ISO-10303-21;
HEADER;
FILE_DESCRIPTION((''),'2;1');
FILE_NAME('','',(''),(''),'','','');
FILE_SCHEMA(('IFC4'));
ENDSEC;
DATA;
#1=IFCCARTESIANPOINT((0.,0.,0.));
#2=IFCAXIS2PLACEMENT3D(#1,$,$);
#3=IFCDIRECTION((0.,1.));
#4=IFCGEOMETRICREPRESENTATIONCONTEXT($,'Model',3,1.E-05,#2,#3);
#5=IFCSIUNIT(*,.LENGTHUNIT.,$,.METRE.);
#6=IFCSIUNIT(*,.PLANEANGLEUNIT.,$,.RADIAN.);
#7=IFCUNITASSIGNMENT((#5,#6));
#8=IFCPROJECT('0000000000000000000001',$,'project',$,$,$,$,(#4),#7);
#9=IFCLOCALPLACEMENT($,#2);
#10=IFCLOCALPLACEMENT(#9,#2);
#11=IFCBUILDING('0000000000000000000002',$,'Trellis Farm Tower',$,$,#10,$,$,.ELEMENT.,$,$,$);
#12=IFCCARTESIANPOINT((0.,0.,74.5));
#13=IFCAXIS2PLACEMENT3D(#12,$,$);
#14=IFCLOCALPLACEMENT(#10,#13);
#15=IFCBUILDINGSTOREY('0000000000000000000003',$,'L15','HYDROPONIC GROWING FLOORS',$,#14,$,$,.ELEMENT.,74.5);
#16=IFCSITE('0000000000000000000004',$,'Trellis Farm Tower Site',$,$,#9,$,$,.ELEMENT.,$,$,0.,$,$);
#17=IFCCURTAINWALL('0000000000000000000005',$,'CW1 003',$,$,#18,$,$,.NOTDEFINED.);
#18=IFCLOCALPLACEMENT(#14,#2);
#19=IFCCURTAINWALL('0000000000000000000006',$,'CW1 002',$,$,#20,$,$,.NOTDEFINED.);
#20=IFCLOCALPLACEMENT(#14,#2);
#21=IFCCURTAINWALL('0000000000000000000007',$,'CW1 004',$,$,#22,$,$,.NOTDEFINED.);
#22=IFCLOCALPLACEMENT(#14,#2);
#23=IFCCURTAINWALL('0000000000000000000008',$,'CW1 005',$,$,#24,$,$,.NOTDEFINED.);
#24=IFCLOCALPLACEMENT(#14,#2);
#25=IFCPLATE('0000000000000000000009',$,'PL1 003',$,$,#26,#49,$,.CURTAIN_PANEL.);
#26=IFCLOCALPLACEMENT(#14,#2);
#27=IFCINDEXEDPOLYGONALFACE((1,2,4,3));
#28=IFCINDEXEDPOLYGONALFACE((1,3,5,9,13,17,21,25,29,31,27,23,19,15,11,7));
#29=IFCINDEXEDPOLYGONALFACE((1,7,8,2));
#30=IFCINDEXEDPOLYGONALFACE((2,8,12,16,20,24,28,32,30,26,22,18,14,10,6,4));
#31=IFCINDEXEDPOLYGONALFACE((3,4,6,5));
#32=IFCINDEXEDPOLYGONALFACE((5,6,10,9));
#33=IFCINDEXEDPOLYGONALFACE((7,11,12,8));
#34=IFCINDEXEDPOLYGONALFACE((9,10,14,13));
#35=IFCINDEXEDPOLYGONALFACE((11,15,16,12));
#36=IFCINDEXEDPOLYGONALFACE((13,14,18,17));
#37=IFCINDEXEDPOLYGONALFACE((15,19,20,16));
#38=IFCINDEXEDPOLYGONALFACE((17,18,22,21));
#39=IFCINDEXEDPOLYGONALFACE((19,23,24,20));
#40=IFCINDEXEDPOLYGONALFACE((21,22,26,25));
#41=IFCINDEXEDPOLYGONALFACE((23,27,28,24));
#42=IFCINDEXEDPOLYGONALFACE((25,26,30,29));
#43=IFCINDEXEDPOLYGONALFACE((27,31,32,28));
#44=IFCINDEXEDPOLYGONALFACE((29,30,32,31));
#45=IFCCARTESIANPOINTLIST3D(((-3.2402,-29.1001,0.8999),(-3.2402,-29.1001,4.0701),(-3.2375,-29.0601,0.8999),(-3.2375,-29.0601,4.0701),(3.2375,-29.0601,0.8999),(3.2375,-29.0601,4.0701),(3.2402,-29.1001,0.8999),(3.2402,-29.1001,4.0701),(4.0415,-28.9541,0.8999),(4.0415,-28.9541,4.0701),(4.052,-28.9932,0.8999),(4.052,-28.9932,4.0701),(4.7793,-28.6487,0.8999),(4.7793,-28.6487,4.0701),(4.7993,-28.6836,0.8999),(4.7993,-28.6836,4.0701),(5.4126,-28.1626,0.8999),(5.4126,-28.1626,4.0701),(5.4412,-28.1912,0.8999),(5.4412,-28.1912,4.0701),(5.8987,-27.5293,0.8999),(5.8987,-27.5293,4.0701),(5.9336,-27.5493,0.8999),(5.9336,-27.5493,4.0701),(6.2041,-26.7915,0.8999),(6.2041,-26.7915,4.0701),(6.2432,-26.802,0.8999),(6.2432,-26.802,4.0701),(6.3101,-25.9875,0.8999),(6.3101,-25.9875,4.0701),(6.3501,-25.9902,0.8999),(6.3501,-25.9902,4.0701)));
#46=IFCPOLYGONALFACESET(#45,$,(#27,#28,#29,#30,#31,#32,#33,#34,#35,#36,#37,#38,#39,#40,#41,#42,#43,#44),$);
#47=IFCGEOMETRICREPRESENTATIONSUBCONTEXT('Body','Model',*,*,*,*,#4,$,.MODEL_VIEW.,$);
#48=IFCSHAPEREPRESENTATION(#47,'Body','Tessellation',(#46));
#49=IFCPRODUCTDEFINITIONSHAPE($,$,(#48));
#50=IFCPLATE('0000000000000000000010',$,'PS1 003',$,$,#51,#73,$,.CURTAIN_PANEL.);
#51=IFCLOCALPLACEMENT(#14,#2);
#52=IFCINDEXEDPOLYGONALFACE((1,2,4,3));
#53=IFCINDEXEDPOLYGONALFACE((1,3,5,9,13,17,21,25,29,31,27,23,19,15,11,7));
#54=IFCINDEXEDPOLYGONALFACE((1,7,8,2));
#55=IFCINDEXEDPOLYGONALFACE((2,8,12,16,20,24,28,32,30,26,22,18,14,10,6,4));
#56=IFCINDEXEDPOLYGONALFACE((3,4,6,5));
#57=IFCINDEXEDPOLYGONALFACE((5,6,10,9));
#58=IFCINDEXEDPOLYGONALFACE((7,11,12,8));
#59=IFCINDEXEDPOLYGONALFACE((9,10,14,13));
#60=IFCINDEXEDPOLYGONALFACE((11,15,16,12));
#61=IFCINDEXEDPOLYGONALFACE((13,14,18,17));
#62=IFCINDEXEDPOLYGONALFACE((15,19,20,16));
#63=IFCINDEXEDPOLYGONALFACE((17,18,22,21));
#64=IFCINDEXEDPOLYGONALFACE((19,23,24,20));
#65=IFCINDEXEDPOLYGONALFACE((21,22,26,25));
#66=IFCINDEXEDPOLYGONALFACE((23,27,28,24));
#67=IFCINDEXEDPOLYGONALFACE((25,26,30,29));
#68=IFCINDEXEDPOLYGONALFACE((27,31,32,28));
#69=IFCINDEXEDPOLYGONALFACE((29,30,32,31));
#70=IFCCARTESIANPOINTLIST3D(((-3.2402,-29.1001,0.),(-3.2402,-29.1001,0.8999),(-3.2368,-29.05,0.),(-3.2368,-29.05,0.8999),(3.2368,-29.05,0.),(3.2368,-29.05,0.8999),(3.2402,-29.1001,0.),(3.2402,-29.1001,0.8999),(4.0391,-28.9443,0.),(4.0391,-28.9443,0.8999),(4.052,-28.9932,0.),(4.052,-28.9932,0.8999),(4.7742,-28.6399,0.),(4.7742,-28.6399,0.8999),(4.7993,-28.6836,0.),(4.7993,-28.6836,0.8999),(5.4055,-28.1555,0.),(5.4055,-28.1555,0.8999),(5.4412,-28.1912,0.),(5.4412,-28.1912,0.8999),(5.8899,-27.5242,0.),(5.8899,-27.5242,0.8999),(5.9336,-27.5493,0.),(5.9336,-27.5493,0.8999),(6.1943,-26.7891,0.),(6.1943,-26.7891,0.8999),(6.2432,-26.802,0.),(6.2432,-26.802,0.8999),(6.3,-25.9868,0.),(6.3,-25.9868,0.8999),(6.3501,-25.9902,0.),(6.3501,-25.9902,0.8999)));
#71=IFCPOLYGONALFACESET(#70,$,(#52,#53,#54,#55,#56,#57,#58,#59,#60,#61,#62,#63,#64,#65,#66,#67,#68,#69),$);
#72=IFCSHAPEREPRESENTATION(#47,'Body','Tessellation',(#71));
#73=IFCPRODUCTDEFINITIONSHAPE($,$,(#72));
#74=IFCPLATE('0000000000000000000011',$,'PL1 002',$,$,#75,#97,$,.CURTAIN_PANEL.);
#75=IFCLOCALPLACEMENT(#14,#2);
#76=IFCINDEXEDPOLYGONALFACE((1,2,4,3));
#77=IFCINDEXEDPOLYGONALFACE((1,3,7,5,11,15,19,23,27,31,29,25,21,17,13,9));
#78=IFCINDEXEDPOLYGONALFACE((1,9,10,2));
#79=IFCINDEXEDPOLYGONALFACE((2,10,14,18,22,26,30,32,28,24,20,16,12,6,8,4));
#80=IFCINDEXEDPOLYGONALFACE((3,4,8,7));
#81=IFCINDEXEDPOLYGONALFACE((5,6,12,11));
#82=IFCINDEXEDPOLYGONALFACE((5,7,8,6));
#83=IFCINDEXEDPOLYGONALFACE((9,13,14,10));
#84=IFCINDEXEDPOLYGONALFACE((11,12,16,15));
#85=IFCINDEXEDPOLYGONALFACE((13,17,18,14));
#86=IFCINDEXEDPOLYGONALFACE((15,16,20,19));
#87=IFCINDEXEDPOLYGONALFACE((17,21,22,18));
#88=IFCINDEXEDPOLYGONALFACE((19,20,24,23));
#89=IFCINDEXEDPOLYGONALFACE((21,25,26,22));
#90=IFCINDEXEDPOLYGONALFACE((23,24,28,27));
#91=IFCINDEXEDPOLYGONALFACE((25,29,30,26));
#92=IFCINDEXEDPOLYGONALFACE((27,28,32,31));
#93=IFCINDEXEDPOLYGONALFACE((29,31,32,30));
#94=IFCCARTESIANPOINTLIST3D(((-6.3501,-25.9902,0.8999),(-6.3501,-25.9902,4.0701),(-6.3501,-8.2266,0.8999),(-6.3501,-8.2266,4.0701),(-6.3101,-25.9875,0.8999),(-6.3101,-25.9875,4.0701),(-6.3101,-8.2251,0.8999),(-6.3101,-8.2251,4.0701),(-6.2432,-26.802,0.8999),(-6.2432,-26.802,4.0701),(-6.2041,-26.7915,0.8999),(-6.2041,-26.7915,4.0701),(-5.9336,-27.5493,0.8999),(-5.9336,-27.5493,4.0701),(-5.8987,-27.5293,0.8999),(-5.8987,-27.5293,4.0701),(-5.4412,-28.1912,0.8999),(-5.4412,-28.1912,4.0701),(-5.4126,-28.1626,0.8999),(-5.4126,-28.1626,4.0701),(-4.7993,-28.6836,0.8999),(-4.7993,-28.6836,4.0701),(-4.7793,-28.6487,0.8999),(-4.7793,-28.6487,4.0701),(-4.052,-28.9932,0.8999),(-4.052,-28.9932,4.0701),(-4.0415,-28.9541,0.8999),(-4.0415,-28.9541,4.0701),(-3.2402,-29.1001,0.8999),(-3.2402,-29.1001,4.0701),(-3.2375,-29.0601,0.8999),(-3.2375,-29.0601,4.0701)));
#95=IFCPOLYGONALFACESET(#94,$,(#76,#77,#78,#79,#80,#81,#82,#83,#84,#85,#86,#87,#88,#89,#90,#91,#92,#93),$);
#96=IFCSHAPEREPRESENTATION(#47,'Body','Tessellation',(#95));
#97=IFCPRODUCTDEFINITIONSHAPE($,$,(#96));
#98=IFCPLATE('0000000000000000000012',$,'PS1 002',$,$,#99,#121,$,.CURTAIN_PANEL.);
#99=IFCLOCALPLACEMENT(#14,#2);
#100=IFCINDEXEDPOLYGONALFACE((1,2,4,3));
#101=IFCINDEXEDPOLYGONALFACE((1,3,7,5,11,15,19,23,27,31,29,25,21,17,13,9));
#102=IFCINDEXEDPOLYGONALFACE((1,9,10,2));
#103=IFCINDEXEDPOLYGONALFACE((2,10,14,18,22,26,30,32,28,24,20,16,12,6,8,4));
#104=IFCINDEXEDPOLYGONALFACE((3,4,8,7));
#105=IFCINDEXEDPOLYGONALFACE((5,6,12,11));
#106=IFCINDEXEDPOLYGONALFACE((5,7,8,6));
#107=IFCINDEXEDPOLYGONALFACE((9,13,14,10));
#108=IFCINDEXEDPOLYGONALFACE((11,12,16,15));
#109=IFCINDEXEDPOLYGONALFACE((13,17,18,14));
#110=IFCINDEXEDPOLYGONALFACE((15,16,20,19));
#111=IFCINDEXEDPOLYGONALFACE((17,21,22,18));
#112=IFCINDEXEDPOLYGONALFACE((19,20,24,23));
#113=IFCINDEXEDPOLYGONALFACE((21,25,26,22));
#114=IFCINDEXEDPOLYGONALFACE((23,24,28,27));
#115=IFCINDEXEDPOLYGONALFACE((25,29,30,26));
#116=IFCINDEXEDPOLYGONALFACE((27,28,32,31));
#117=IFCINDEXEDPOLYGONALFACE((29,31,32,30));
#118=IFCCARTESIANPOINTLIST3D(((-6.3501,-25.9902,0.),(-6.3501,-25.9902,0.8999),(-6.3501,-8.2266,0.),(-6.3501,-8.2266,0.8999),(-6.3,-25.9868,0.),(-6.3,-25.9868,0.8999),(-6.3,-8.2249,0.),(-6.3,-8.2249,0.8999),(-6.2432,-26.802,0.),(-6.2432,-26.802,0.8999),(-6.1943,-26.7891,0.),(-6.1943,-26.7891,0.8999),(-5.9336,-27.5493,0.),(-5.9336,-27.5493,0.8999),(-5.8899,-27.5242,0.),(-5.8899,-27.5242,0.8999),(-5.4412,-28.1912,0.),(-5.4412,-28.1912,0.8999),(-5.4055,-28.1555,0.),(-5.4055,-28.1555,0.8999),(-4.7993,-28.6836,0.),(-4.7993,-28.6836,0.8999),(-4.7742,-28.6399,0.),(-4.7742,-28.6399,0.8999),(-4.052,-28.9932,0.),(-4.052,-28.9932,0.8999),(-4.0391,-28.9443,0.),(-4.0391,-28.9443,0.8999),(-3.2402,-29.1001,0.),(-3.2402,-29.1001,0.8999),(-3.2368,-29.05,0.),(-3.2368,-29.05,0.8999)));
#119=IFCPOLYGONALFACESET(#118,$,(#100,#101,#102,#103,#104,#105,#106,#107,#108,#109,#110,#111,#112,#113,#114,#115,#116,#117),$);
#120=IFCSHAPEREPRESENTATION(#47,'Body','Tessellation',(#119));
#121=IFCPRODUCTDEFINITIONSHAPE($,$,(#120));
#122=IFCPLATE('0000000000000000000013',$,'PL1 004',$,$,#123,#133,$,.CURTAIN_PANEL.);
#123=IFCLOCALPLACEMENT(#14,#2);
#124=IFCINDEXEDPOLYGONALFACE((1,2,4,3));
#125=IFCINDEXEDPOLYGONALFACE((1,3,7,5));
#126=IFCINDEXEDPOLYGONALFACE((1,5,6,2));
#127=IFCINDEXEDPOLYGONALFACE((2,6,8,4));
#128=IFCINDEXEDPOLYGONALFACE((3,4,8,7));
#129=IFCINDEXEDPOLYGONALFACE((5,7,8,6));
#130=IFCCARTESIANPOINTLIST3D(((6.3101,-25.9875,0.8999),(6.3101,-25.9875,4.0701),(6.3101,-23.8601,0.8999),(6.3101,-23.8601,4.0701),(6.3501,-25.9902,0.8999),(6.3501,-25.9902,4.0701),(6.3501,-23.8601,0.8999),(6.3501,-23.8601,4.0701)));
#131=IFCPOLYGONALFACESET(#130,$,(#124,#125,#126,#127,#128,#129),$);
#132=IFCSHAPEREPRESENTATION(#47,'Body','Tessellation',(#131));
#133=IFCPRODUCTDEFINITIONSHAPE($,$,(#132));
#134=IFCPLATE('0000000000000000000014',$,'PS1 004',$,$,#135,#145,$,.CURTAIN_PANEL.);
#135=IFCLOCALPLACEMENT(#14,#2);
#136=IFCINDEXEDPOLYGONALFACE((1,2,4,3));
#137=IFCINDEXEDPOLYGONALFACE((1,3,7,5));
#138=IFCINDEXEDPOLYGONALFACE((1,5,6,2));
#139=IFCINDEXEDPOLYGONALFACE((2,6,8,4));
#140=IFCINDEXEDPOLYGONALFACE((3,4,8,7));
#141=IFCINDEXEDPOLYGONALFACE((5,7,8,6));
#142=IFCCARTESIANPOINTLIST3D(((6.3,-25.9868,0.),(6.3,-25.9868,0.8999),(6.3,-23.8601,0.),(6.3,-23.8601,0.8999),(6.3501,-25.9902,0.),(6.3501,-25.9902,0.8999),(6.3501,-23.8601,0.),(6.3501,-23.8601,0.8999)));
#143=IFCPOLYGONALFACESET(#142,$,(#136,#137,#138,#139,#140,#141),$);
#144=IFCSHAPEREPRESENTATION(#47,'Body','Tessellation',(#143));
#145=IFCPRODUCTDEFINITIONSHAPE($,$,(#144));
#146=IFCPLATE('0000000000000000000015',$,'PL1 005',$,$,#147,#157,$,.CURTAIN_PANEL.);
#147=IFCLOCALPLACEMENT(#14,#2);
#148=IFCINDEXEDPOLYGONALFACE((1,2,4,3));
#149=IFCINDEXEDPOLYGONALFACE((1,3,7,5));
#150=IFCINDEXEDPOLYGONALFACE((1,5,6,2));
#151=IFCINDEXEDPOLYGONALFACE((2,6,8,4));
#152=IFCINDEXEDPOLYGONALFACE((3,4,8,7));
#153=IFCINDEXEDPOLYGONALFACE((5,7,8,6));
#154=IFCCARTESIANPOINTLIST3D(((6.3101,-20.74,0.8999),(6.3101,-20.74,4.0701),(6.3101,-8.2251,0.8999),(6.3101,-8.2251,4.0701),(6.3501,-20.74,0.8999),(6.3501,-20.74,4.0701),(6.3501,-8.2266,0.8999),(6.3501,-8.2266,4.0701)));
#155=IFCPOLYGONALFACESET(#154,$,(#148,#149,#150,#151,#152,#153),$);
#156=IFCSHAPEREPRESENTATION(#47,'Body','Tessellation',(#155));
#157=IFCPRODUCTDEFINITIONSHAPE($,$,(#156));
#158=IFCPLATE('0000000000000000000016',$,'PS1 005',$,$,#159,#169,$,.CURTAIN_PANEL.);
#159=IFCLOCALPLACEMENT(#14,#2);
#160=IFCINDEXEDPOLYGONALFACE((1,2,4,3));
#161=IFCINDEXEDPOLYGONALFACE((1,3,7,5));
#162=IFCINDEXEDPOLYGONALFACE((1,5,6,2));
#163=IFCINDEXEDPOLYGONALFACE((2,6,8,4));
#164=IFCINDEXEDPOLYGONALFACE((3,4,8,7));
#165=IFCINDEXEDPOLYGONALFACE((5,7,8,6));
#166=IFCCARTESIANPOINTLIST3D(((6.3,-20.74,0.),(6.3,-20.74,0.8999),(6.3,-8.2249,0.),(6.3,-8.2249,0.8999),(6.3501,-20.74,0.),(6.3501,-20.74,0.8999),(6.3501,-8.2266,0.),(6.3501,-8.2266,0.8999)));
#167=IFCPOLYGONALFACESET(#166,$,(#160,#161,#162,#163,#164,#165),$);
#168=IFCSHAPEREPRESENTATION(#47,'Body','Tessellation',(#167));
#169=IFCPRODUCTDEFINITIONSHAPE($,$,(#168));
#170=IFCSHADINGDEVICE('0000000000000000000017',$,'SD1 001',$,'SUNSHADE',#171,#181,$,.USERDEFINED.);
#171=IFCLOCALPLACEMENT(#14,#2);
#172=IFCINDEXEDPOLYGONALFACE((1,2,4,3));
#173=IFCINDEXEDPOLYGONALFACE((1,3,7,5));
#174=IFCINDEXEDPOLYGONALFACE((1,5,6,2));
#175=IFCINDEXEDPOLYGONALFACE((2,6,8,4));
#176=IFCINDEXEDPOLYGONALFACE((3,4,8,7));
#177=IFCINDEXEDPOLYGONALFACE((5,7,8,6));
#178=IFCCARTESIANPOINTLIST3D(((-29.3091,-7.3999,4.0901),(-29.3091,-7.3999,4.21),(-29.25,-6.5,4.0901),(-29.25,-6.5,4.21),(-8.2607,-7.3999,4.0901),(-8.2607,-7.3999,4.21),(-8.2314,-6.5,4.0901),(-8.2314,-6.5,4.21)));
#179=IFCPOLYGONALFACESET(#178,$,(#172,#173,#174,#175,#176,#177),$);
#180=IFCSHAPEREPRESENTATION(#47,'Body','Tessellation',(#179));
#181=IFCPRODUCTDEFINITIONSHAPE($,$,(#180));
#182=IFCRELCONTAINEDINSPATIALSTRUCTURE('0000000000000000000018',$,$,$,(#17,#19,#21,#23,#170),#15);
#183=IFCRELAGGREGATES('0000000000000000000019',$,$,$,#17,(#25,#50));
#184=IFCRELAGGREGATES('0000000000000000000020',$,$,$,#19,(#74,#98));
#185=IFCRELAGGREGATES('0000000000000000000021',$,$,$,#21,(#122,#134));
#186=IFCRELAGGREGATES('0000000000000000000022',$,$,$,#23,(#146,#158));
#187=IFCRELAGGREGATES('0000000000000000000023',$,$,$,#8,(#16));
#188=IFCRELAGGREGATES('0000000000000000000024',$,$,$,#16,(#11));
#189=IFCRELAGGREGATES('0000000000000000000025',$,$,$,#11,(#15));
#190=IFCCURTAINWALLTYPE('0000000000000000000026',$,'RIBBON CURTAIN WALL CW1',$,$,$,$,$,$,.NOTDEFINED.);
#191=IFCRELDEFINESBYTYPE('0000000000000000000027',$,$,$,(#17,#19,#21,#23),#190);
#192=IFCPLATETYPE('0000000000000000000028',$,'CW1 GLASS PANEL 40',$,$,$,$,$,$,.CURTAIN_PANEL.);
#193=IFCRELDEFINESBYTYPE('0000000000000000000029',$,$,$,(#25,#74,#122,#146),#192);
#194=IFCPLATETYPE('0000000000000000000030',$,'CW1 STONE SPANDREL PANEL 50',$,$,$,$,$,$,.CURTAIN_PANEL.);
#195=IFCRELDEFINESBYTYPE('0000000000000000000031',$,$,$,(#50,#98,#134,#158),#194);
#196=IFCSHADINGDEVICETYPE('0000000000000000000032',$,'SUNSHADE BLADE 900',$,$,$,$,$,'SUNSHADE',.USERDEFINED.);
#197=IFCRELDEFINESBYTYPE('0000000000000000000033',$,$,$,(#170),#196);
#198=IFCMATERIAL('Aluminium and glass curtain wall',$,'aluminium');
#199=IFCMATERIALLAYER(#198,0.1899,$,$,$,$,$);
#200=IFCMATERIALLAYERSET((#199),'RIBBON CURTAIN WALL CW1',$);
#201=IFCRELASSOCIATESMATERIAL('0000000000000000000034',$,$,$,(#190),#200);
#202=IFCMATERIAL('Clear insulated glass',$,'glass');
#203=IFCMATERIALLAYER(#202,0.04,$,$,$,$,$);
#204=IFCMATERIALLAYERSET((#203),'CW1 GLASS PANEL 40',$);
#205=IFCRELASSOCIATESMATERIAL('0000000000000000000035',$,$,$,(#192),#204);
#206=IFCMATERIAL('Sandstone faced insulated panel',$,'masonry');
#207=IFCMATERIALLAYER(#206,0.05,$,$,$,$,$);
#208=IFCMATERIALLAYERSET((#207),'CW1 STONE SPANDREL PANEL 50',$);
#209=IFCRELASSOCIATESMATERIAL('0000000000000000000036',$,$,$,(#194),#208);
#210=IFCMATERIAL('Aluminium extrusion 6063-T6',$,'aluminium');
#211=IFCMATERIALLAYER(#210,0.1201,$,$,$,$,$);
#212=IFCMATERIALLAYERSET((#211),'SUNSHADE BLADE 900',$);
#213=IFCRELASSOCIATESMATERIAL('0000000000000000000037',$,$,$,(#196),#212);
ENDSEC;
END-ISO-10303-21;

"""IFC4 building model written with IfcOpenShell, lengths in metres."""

from ifc_helpers import new_model, si_unit, direction, frame, origin, place, context, subcontext, project, spatial, polyline, outline, extrude, source, transform, mapped, material, layer, layer_set, type_object, element, aggregate, save


model = new_model("IFC4")

# Units and contexts
model_context = context("Model", 3, precision=1e-05, world=origin(), true_north=direction((0.0, 1.0)))
body_context = subcontext(model_context, "Body", "Model", "MODEL_VIEW")
ifc_project = project(units=[si_unit("LENGTHUNIT", "METRE"), si_unit("PLANEANGLEUNIT", "RADIAN")], contexts=[model_context])

# Site, building, storey
site_placement = place(None, origin())
site = spatial("IfcSite", under=ifc_project, at=site_placement, Name="Trellis Farm Tower Site", CompositionType="ELEMENT", RefElevation=0.0)
building_placement = place(site_placement, origin())
building = spatial("IfcBuilding", under=site, at=building_placement, Name="Trellis Farm Tower", CompositionType="ELEMENT")
storey_placement = place(building_placement, frame((0.0, 0.0, 74.5)))
storey = spatial("IfcBuildingStorey", under=building, at=storey_placement, Name="L15", Description="HYDROPONIC GROWING FLOORS", CompositionType="ELEMENT", Elevation=74.5)

# Curtain walls
ifc_material_1 = material(Name="Aluminium and glass curtain wall", Category="aluminium")
ifc_layer_1 = layer(ifc_material_1, 0.1899)
ifc_layer_set_1 = layer_set([ifc_layer_1], Name="RIBBON CURTAIN WALL CW1")
curtain_wall_type_1 = type_object("IfcCurtainWallType", Name="RIBBON CURTAIN WALL CW1", PredefinedType="NOTDEFINED", material=ifc_layer_set_1)
placement_1 = place(storey_placement, origin())
ifc_material_2 = material(Name="Aluminium extrusion 6063-T6", Category="aluminium")
curtain_wall_1 = element("IfcCurtainWall", 1, at=placement_1, inside=storey, type_object=curtain_wall_type_1, Name="CW1 003", PredefinedType="NOTDEFINED")
curtain_wall_2 = element("IfcCurtainWall", 2, at=placement_1, inside=storey, type_object=curtain_wall_type_1, Name="CW1 002", PredefinedType="NOTDEFINED")
curtain_wall_3 = element("IfcCurtainWall", 3, at=placement_1, inside=storey, type_object=curtain_wall_type_1, Name="CW1 004", PredefinedType="NOTDEFINED")
curtain_wall_4 = element("IfcCurtainWall", 4, at=placement_1, inside=storey, type_object=curtain_wall_type_1, Name="CW1 005", PredefinedType="NOTDEFINED")

# Plates
ifc_material_3 = material(Name="Clear insulated glass", Category="glass")
ifc_layer_2 = layer(ifc_material_3, 0.04)
ifc_layer_set_2 = layer_set([ifc_layer_2], Name="CW1 GLASS PANEL 40")
plate_type_1 = type_object("IfcPlateType", Name="CW1 GLASS PANEL 40", PredefinedType="CURTAIN_PANEL", material=ifc_layer_set_2)
shared_shape_1 = source(origin(), body_context, "Body", "SweptSolid", [
    extrude(outline(polyline([(-3.2402, -29.1001), (3.2402, -29.1001), (4.052, -28.9932), (4.7993, -28.6836), (5.4412, -28.1912), (5.9336, -27.5493), (6.2432, -26.802), (6.3501, -25.9902), (6.3101, -25.9875), (6.2041, -26.7915), (5.8987, -27.5293), (5.4126, -28.1626), (4.7793, -28.6487), (4.0415, -28.9541), (3.2375, -29.0601), (-3.2375, -29.0601), (-3.2402, -29.1001)])), origin(), (0.0, 0.0, 1.0), 3.1702),
])
placement_2 = place(storey_placement, frame((0.0, 0.0, 0.8999)))
plate_1 = element("IfcPlate", 5, at=placement_2, type_object=plate_type_1, Name="PL1 003", PredefinedType="CURTAIN_PANEL", context=body_context, shape_type="MappedRepresentation", body=[
    mapped(shared_shape_1, transform((0.0, 0.0, 0.0))),
])
ifc_material_4 = material(Name="Sandstone faced insulated panel", Category="masonry")
ifc_layer_3 = layer(ifc_material_4, 0.05)
ifc_layer_set_3 = layer_set([ifc_layer_3], Name="CW1 STONE SPANDREL PANEL 50")
plate_type_2 = type_object("IfcPlateType", Name="CW1 STONE SPANDREL PANEL 50", PredefinedType="CURTAIN_PANEL", material=ifc_layer_set_3)
shared_shape_2 = source(origin(), body_context, "Body", "SweptSolid", [
    extrude(outline(polyline([(-3.2402, -29.1001), (3.2402, -29.1001), (4.052, -28.9932), (4.7993, -28.6836), (5.4412, -28.1912), (5.9336, -27.5493), (6.2432, -26.802), (6.3501, -25.9902), (6.3, -25.9868), (6.1943, -26.7891), (5.8899, -27.5242), (5.4055, -28.1555), (4.7742, -28.6399), (4.0391, -28.9443), (3.2368, -29.05), (-3.2368, -29.05), (-3.2402, -29.1001)])), origin(), (0.0, 0.0, 1.0), 0.8999),
])
plate_2 = element("IfcPlate", 6, at=placement_1, type_object=plate_type_2, Name="PS1 003", PredefinedType="CURTAIN_PANEL", context=body_context, shape_type="MappedRepresentation", body=[
    mapped(shared_shape_2, transform((0.0, 0.0, 0.0))),
])
aggregate(curtain_wall_1, [plate_1, plate_2])
shared_shape_3 = source(origin(), body_context, "Body", "SweptSolid", [
    extrude(outline(polyline([(-6.3501, -8.2266), (-6.3501, -25.9902), (-6.2432, -26.802), (-5.9336, -27.5493), (-5.4412, -28.1912), (-4.7993, -28.6836), (-4.052, -28.9932), (-3.2402, -29.1001), (-3.2375, -29.0601), (-4.0415, -28.9541), (-4.7793, -28.6487), (-5.4126, -28.1626), (-5.8987, -27.5293), (-6.2041, -26.7915), (-6.3101, -25.9875), (-6.3101, -8.2251), (-6.3501, -8.2266)])), origin(), (0.0, 0.0, 1.0), 3.1702),
])
plate_3 = element("IfcPlate", 7, at=placement_2, type_object=plate_type_1, Name="PL1 002", PredefinedType="CURTAIN_PANEL", context=body_context, shape_type="MappedRepresentation", body=[
    mapped(shared_shape_3, transform((0.0, 0.0, 0.0))),
])
shared_shape_4 = source(origin(), body_context, "Body", "SweptSolid", [
    extrude(outline(polyline([(-6.3501, -8.2266), (-6.3501, -25.9902), (-6.2432, -26.802), (-5.9336, -27.5493), (-5.4412, -28.1912), (-4.7993, -28.6836), (-4.052, -28.9932), (-3.2402, -29.1001), (-3.2368, -29.05), (-4.0391, -28.9443), (-4.7742, -28.6399), (-5.4055, -28.1555), (-5.8899, -27.5242), (-6.1943, -26.7891), (-6.3, -25.9868), (-6.3, -8.2249), (-6.3501, -8.2266)])), origin(), (0.0, 0.0, 1.0), 0.8999),
])
plate_4 = element("IfcPlate", 8, at=placement_1, type_object=plate_type_2, Name="PS1 002", PredefinedType="CURTAIN_PANEL", context=body_context, shape_type="MappedRepresentation", body=[
    mapped(shared_shape_4, transform((0.0, 0.0, 0.0))),
])
aggregate(curtain_wall_2, [plate_3, plate_4])
shared_shape_5 = source(origin(), body_context, "Body", "SweptSolid", [
    extrude(outline(polyline([(6.3501, -25.9902), (6.3501, -23.8601), (6.3101, -23.8601), (6.3101, -25.9875), (6.3501, -25.9902)])), origin(), (0.0, 0.0, 1.0), 3.1702),
])
plate_5 = element("IfcPlate", 9, at=placement_2, type_object=plate_type_1, Name="PL1 004", PredefinedType="CURTAIN_PANEL", context=body_context, shape_type="MappedRepresentation", body=[
    mapped(shared_shape_5, transform((0.0, 0.0, 0.0))),
])
shared_shape_6 = source(origin(), body_context, "Body", "SweptSolid", [
    extrude(outline(polyline([(6.3501, -25.9902), (6.3501, -23.8601), (6.3, -23.8601), (6.3, -25.9868), (6.3501, -25.9902)])), origin(), (0.0, 0.0, 1.0), 0.8999),
])
plate_6 = element("IfcPlate", 10, at=placement_1, type_object=plate_type_2, Name="PS1 004", PredefinedType="CURTAIN_PANEL", context=body_context, shape_type="MappedRepresentation", body=[
    mapped(shared_shape_6, transform((0.0, 0.0, 0.0))),
])
aggregate(curtain_wall_3, [plate_5, plate_6])
shared_shape_7 = source(origin(), body_context, "Body", "SweptSolid", [
    extrude(outline(polyline([(6.3501, -20.74), (6.3501, -8.2266), (6.3101, -8.2251), (6.3101, -20.74), (6.3501, -20.74)])), origin(), (0.0, 0.0, 1.0), 3.1702),
])
plate_7 = element("IfcPlate", 11, at=placement_2, type_object=plate_type_1, Name="PL1 005", PredefinedType="CURTAIN_PANEL", context=body_context, shape_type="MappedRepresentation", body=[
    mapped(shared_shape_7, transform((0.0, 0.0, 0.0))),
])
shared_shape_8 = source(origin(), body_context, "Body", "SweptSolid", [
    extrude(outline(polyline([(6.3501, -20.74), (6.3501, -8.2266), (6.3, -8.2249), (6.3, -20.74), (6.3501, -20.74)])), origin(), (0.0, 0.0, 1.0), 0.8999),
])
plate_8 = element("IfcPlate", 12, at=placement_1, type_object=plate_type_2, Name="PS1 005", PredefinedType="CURTAIN_PANEL", context=body_context, shape_type="MappedRepresentation", body=[
    mapped(shared_shape_8, transform((0.0, 0.0, 0.0))),
])
aggregate(curtain_wall_4, [plate_7, plate_8])

# Shading device
ifc_layer_4 = layer(ifc_material_2, 0.1201)
ifc_layer_set_4 = layer_set([ifc_layer_4], Name="SUNSHADE BLADE 900")
shading_device_type_1 = type_object("IfcShadingDeviceType", Name="SUNSHADE BLADE 900", ElementType="SUNSHADE", PredefinedType="USERDEFINED", material=ifc_layer_set_4)
shared_shape_9 = source(origin(), body_context, "Body", "SweptSolid", [
    extrude(outline(polyline([(-29.3091, -7.3999), (-8.2607, -7.3999), (-8.2314, -6.5), (-29.25, -6.5), (-29.3091, -7.3999)])), origin(), (0.0, 0.0, 1.0), 0.1199),
])
placement_3 = place(storey_placement, frame((0.0, 0.0, 4.0901)))
element("IfcShadingDevice", 13, at=placement_3, inside=storey, type_object=shading_device_type_1, Name="SD1 001", ObjectType="SUNSHADE", PredefinedType="USERDEFINED", context=body_context, shape_type="MappedRepresentation", body=[
    mapped(shared_shape_9, transform((0.0, 0.0, 0.0))),
])

save(model, "model.ifc")
